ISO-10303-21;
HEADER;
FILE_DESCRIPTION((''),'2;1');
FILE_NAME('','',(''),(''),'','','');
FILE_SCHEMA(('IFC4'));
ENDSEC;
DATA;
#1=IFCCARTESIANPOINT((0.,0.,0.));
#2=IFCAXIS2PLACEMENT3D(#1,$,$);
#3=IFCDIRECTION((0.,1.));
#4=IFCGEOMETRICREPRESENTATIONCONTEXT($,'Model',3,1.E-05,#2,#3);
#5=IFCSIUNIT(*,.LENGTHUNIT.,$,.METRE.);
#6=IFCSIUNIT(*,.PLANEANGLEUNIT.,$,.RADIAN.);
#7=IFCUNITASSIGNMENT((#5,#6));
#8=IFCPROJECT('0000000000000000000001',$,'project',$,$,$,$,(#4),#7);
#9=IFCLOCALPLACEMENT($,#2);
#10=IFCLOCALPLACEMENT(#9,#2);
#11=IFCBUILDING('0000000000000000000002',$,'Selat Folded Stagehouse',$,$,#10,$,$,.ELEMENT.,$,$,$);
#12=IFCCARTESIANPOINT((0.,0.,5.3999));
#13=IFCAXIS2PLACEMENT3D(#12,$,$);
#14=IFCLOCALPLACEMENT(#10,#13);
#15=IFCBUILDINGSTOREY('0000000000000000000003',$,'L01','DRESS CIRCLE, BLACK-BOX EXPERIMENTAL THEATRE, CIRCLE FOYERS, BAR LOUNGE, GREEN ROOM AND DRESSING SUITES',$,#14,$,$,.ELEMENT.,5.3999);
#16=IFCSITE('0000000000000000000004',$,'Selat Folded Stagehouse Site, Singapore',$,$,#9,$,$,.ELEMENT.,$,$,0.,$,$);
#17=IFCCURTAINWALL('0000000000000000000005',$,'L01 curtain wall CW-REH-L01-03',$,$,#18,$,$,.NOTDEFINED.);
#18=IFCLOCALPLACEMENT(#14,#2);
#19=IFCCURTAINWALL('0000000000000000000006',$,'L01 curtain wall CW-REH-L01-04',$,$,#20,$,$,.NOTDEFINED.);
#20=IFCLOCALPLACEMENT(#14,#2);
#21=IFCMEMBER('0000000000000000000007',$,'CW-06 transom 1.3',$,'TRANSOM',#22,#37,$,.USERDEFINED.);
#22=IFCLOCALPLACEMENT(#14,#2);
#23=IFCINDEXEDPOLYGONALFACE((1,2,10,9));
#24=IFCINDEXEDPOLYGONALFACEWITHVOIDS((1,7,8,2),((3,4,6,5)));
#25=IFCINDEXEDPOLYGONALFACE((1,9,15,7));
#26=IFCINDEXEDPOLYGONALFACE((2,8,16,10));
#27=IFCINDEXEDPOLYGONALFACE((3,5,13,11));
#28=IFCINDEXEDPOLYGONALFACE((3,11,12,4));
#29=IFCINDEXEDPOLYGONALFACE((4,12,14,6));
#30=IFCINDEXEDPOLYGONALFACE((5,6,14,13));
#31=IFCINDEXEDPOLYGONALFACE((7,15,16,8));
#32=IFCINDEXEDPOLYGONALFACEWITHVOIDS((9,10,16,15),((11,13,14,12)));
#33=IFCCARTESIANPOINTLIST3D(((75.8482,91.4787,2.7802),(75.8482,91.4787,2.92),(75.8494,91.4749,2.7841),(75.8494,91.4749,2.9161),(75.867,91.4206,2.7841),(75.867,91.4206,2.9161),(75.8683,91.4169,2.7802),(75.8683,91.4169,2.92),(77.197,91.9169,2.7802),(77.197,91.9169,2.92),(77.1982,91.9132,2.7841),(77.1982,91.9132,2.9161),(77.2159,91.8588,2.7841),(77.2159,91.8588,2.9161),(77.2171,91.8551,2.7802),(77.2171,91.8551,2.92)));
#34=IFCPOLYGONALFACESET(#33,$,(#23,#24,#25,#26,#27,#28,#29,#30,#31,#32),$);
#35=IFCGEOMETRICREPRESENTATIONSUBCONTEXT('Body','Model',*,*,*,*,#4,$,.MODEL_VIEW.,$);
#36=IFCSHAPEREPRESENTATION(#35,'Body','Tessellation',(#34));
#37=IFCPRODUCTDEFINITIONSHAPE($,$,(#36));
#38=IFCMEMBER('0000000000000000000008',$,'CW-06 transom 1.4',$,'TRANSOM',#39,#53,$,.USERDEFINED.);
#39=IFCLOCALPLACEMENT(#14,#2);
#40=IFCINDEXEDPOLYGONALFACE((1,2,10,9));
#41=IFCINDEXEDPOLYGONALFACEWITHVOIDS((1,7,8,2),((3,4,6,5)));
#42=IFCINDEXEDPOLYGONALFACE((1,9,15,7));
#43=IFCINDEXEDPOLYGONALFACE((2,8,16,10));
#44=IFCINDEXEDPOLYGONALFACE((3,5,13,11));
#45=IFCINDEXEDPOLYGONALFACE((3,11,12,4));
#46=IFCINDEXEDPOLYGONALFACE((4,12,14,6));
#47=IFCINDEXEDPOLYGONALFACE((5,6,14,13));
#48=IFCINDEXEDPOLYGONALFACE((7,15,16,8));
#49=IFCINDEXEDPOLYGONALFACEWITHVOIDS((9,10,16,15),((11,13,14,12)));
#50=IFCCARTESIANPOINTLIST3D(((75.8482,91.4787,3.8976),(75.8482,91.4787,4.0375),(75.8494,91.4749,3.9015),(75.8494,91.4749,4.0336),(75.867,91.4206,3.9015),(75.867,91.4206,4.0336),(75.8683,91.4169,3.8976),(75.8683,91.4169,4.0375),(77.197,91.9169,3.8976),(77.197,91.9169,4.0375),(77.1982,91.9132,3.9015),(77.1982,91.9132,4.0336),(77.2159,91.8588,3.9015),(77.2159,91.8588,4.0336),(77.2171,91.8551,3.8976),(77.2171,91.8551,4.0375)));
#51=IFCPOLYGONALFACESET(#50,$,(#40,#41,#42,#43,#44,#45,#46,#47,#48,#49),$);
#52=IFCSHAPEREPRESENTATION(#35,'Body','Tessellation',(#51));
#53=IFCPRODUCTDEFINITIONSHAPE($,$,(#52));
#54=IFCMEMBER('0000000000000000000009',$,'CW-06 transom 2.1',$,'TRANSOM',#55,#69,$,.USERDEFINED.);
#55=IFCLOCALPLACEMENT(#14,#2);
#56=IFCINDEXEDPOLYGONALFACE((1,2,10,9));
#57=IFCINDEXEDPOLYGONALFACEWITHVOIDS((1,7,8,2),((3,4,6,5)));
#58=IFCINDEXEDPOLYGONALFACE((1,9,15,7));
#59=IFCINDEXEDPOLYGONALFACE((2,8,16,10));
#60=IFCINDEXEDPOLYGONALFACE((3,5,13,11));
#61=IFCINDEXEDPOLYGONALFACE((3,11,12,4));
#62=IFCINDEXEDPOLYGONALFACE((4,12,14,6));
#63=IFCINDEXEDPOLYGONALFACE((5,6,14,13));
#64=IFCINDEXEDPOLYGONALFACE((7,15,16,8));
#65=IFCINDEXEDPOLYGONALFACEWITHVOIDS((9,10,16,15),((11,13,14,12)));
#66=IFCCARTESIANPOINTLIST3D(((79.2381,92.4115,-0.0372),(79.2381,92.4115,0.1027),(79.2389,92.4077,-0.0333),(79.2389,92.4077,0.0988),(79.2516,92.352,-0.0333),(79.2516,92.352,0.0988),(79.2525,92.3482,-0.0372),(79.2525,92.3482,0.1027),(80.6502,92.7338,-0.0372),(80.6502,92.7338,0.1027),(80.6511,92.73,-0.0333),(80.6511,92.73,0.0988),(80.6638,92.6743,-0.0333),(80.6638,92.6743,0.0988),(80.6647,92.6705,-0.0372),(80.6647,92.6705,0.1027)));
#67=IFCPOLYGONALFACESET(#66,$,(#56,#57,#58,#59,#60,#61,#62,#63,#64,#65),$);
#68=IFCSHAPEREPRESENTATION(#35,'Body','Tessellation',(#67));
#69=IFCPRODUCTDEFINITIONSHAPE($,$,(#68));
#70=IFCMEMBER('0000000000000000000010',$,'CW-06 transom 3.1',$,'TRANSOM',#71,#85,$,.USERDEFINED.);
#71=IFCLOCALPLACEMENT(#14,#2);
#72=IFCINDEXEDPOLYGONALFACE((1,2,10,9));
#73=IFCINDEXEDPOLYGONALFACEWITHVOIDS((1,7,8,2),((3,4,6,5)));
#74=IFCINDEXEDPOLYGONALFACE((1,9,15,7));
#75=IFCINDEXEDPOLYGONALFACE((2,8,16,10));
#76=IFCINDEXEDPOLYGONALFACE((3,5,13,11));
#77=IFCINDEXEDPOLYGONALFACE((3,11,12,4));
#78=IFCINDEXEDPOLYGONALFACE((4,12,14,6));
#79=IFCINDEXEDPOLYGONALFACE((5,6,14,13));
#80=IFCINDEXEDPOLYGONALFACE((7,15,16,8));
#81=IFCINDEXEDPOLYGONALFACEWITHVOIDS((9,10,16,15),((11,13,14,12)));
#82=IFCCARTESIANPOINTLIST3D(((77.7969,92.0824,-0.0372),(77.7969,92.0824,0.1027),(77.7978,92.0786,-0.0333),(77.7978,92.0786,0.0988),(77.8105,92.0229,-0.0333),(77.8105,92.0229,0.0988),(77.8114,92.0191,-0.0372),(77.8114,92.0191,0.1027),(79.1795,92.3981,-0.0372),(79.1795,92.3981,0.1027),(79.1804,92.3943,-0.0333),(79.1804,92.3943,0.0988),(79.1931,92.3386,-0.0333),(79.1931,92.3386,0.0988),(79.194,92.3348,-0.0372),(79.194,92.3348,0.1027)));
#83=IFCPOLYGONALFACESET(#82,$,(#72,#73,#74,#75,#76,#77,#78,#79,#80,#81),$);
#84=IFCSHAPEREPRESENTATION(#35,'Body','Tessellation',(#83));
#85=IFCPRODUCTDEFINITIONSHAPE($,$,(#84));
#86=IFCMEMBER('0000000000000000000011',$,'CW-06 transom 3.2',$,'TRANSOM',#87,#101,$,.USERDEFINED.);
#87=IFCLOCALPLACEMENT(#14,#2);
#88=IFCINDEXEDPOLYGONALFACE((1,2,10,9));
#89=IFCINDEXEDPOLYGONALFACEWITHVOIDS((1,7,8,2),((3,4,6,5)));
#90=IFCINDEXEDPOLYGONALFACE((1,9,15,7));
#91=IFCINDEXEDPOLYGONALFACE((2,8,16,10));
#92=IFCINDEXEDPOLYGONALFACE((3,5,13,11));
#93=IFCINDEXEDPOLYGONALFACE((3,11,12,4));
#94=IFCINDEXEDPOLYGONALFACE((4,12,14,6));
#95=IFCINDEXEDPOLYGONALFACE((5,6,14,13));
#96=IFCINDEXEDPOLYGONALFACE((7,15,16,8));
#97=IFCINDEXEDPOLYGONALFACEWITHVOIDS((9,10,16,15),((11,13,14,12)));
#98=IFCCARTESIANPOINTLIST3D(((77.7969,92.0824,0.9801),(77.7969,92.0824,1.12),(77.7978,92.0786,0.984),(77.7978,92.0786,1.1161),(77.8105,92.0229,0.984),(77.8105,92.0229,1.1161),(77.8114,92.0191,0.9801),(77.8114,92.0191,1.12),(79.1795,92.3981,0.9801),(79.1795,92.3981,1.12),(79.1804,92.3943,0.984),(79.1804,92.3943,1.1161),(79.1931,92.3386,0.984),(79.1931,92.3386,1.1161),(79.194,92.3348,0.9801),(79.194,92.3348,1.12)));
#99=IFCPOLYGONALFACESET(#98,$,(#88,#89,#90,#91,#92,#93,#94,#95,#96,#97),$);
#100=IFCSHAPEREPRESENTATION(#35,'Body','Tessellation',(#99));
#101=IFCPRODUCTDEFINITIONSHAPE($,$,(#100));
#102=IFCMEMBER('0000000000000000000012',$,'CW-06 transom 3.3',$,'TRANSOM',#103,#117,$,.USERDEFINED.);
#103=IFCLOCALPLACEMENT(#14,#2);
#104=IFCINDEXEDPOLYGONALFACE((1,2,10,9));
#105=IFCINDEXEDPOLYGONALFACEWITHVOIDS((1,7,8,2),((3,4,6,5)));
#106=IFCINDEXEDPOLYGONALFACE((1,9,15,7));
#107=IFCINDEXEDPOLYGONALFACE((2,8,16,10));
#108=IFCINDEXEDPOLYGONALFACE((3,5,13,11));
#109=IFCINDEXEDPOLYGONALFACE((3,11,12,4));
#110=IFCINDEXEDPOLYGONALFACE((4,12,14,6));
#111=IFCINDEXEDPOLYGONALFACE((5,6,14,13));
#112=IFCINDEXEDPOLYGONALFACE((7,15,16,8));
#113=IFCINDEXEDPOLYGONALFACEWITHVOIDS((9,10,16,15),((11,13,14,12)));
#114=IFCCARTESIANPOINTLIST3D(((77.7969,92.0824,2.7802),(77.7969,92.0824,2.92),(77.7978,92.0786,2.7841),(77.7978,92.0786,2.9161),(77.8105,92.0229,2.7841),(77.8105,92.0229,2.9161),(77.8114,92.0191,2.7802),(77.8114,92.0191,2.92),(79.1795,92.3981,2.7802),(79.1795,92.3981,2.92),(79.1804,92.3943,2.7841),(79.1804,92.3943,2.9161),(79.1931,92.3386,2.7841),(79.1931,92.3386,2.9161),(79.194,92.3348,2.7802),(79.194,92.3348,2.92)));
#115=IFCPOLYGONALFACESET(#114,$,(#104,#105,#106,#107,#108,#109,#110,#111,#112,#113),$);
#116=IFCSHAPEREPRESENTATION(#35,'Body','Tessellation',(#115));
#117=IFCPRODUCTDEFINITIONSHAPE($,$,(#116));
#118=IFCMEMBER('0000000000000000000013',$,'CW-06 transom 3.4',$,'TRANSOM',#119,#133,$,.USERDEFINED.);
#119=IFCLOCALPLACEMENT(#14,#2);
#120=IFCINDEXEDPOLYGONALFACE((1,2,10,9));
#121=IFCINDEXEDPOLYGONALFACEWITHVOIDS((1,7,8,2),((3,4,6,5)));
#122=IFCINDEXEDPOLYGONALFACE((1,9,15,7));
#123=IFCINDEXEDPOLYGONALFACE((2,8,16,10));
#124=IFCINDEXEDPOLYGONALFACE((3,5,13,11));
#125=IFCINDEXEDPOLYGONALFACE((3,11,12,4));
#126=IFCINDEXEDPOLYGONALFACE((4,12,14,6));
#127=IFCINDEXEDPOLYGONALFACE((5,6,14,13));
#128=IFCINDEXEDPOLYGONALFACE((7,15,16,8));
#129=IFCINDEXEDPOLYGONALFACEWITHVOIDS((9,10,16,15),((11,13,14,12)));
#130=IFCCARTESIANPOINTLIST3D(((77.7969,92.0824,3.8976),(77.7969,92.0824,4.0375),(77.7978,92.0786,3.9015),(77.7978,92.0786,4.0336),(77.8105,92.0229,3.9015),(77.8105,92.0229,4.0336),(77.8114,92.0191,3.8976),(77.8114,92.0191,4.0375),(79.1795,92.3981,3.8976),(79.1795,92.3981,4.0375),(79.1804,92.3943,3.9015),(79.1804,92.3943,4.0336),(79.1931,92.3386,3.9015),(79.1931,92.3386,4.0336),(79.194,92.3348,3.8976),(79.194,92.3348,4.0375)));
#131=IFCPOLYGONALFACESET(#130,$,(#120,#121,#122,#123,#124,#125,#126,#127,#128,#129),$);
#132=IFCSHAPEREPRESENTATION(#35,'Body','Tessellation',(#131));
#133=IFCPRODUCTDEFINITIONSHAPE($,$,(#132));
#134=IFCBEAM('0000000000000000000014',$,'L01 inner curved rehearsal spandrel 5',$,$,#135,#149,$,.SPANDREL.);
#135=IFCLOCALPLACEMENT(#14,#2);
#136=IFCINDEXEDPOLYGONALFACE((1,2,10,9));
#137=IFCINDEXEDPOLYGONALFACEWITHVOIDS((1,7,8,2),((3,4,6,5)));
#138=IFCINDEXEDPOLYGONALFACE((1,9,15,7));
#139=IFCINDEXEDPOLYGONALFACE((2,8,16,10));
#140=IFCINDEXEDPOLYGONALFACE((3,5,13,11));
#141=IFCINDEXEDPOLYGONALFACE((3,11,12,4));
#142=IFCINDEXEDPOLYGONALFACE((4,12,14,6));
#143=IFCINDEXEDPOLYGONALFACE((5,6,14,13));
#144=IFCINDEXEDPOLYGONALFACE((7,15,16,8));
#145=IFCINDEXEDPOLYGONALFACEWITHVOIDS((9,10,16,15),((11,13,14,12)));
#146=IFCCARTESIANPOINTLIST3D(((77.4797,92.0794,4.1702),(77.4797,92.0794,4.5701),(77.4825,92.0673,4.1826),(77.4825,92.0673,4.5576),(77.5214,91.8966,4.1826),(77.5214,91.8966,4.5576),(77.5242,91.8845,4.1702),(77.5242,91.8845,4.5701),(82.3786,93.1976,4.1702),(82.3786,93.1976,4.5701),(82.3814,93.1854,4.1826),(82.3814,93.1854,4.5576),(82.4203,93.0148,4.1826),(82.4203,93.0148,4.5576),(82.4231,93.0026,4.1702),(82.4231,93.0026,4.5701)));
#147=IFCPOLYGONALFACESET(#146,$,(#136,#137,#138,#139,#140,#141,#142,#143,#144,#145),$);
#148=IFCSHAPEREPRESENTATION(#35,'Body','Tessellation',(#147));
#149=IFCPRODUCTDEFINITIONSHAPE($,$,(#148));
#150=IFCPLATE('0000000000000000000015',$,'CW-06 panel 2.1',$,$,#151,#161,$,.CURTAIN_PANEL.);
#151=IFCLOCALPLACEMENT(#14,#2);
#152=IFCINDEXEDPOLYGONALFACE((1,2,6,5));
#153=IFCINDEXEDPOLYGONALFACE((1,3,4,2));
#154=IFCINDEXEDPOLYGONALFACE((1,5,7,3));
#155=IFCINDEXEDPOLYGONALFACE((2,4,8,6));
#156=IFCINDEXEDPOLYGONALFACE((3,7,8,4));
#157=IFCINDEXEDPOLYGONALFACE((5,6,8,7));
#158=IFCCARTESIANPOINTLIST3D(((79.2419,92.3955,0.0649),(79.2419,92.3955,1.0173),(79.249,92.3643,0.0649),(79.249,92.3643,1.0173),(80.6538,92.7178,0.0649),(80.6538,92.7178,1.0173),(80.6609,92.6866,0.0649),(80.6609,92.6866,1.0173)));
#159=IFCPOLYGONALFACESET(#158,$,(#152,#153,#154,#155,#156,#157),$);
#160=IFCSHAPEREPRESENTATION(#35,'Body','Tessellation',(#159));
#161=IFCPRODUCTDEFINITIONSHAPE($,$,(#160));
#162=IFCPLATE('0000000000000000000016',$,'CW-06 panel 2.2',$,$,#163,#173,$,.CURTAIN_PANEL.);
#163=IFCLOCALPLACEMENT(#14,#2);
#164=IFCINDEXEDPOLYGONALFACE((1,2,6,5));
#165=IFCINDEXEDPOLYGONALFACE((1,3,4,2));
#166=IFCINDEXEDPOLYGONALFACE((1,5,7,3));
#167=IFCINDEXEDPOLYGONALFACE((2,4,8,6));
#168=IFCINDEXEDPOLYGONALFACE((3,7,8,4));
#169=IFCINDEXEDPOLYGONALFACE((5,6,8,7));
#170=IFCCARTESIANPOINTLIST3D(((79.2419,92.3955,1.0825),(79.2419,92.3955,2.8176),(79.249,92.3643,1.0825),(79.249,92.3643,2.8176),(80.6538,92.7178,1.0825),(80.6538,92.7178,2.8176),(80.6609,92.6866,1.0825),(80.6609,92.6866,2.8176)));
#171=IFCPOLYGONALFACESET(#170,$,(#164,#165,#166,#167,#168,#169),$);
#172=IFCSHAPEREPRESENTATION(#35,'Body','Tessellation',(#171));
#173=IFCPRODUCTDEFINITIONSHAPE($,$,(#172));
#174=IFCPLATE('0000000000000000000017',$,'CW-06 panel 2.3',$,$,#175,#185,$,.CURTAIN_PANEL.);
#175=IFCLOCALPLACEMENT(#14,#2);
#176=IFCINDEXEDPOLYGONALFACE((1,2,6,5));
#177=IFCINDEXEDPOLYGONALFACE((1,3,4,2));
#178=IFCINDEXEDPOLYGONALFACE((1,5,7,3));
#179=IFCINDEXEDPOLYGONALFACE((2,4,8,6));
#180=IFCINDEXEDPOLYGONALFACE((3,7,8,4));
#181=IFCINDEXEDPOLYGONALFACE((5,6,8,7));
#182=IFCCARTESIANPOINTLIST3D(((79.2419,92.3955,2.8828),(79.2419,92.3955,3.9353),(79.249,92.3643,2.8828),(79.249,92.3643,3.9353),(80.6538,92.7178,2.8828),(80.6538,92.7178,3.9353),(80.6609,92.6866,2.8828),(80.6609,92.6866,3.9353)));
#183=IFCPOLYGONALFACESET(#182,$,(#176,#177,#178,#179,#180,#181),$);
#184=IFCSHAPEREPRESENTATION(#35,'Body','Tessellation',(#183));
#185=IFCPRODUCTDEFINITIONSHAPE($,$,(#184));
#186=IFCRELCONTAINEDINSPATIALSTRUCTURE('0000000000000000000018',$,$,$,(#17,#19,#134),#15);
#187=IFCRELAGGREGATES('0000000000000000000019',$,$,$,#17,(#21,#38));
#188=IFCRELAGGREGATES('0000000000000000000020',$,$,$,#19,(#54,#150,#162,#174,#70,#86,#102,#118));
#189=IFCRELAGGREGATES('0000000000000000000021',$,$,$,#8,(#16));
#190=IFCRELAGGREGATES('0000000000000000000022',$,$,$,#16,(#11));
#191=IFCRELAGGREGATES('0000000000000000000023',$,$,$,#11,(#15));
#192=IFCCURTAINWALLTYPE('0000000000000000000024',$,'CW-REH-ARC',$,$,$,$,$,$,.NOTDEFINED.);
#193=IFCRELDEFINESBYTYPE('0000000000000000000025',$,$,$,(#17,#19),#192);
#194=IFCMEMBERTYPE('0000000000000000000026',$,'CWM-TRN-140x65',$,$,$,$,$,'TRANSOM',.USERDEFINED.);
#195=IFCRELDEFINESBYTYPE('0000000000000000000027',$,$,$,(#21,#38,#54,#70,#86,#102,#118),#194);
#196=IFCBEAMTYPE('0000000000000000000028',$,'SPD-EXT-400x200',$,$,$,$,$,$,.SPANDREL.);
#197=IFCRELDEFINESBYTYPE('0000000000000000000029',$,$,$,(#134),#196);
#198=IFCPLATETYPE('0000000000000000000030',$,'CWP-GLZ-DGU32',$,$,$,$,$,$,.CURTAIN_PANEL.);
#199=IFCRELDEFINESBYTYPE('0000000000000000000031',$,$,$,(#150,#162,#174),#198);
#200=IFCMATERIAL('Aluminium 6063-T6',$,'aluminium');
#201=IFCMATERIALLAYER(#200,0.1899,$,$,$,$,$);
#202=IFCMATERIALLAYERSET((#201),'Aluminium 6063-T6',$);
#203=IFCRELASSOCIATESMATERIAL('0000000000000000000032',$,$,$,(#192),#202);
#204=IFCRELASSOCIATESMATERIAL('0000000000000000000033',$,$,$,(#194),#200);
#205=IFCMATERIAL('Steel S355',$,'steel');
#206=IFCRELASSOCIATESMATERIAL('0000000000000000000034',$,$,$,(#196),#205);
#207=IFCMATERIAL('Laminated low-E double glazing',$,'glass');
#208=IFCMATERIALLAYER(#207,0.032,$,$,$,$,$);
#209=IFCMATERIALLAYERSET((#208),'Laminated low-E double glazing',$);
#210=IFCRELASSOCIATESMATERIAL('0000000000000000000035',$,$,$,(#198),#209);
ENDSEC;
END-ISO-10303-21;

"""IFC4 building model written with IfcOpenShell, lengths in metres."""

from ifc_helpers import new_model, si_unit, direction, frame, origin, origin_2d, place, context, subcontext, project, spatial, rectangle, hollow_rectangle, extrude, material, layer, layer_set, material_profile, profile_set, type_object, element, aggregate, save


model = new_model("IFC4")

# Units and contexts
model_context = context("Model", 3, precision=1e-05, world=origin(), true_north=direction((0.0, 1.0)))
body_context = subcontext(model_context, "Body", "Model", "MODEL_VIEW")
ifc_project = project(units=[si_unit("LENGTHUNIT", "METRE"), si_unit("PLANEANGLEUNIT", "RADIAN")], contexts=[model_context])

# Site, building, storey
site_placement = place(None, origin())
site = spatial("IfcSite", under=ifc_project, at=site_placement, Name="Selat Folded Stagehouse Site, Singapore", CompositionType="ELEMENT", RefElevation=0.0)
building_placement = place(site_placement, origin())
building = spatial("IfcBuilding", under=site, at=building_placement, Name="Selat Folded Stagehouse", CompositionType="ELEMENT")
storey_placement = place(building_placement, frame((0.0, 0.0, 5.3999)))
storey = spatial("IfcBuildingStorey", under=building, at=storey_placement, Name="L01", Description="DRESS CIRCLE, BLACK-BOX EXPERIMENTAL THEATRE, CIRCLE FOYERS, BAR LOUNGE, GREEN ROOM AND DRESSING SUITES", CompositionType="ELEMENT", Elevation=5.3999)

# Shared definitions
ifc_material_1 = material(Name="Steel S355", Category="steel")

# Curtain wall
ifc_material_2 = material(Name="Aluminium 6063-T6", Category="aluminium")
ifc_layer_1 = layer(ifc_material_2, 0.1899)
ifc_layer_set_1 = layer_set([ifc_layer_1], Name="Aluminium 6063-T6")
curtain_wall_type = type_object("IfcCurtainWallType", Name="CW-REH-ARC", PredefinedType="NOTDEFINED", material=ifc_layer_set_1)
curtain_wall_1_placement = place(storey_placement, origin())
curtain_wall_1 = element("IfcCurtainWall", 1, at=curtain_wall_1_placement, inside=storey, type_object=curtain_wall_type, Name="L01 curtain wall CW-REH-L01-03", PredefinedType="NOTDEFINED")

# Curtain wall
curtain_wall_2_placement = place(storey_placement, origin())
curtain_wall_2 = element("IfcCurtainWall", 2, at=curtain_wall_2_placement, inside=storey, type_object=curtain_wall_type, Name="L01 curtain wall CW-REH-L01-04", PredefinedType="NOTDEFINED")

# Members
ifc_material_profile_1 = material_profile(ifc_material_2, hollow_rectangle(XDim=0.0649, YDim=0.1399, WallThickness=0.0039, at=origin_2d()), Name="ALU 140x65x4.0")
ifc_profile_set_1 = profile_set([ifc_material_profile_1], Name="Aluminium 6063-T6")
member_type_1 = type_object("IfcMemberType", Name="CWM-TRN-140x65", ElementType="TRANSOM", PredefinedType="USERDEFINED", material=ifc_profile_set_1)
member_1_placement = place(storey_placement, frame((77.207, 91.886, 2.8501), z_axis=(-0.951066, -0.308989, 0.0), x_axis=(0.308989, -0.951066, 0.0)))
member_1 = element("IfcMember", 3, at=member_1_placement, type_object=member_type_1, Name="CW-06 transom 1.3", ObjectType="TRANSOM", PredefinedType="USERDEFINED", context=body_context, shape_type="SweptSolid", body=[
    extrude(hollow_rectangle(XDim=0.0649, YDim=0.1399, WallThickness=0.0039, at=origin_2d()), origin(), (0.0, 0.0, 1.0), 1.4182),
])
member_2_placement = place(storey_placement, frame((77.207, 91.886, 3.9675), z_axis=(-0.951066, -0.308989, 0.0), x_axis=(0.308989, -0.951066, 0.0)))
member_2 = element("IfcMember", 4, at=member_2_placement, type_object=member_type_1, Name="CW-06 transom 1.4", ObjectType="TRANSOM", PredefinedType="USERDEFINED", context=body_context, shape_type="SweptSolid", body=[
    extrude(hollow_rectangle(XDim=0.0649, YDim=0.1399, WallThickness=0.0039, at=origin_2d()), origin(), (0.0, 0.0, 1.0), 1.4182),
])
aggregate(curtain_wall_1, [member_1, member_2])
member_3_placement = place(storey_placement, frame((80.6575, 92.7021, 0.0327), z_axis=(-0.974934, -0.222495, 0.0), x_axis=(0.222495, -0.974934, 0.0)))
member_3 = element("IfcMember", 5, at=member_3_placement, type_object=member_type_1, Name="CW-06 transom 2.1", ObjectType="TRANSOM", PredefinedType="USERDEFINED", context=body_context, shape_type="SweptSolid", body=[
    extrude(hollow_rectangle(XDim=0.0649, YDim=0.1399, WallThickness=0.0039, at=origin_2d()), origin(), (0.0, 0.0, 1.0), 1.4485),
])
member_4_placement = place(storey_placement, frame((79.1868, 92.3665, 0.0327), z_axis=(-0.974911, -0.222596, 0.0), x_axis=(0.222596, -0.974911, 0.0)))
member_4 = element("IfcMember", 6, at=member_4_placement, type_object=member_type_1, Name="CW-06 transom 3.1", ObjectType="TRANSOM", PredefinedType="USERDEFINED", context=body_context, shape_type="SweptSolid", body=[
    extrude(hollow_rectangle(XDim=0.0649, YDim=0.1399, WallThickness=0.0039, at=origin_2d()), origin(), (0.0, 0.0, 1.0), 1.4182),
])
member_5_placement = place(storey_placement, frame((79.1868, 92.3665, 1.05), z_axis=(-0.974911, -0.222596, 0.0), x_axis=(0.222596, -0.974911, 0.0)))
member_5 = element("IfcMember", 7, at=member_5_placement, type_object=member_type_1, Name="CW-06 transom 3.2", ObjectType="TRANSOM", PredefinedType="USERDEFINED", context=body_context, shape_type="SweptSolid", body=[
    extrude(hollow_rectangle(XDim=0.0649, YDim=0.1399, WallThickness=0.0039, at=origin_2d()), origin(), (0.0, 0.0, 1.0), 1.4182),
])
member_6_placement = place(storey_placement, frame((79.1868, 92.3665, 2.8501), z_axis=(-0.974911, -0.222596, 0.0), x_axis=(0.222596, -0.974911, 0.0)))
member_6 = element("IfcMember", 8, at=member_6_placement, type_object=member_type_1, Name="CW-06 transom 3.3", ObjectType="TRANSOM", PredefinedType="USERDEFINED", context=body_context, shape_type="SweptSolid", body=[
    extrude(hollow_rectangle(XDim=0.0649, YDim=0.1399, WallThickness=0.0039, at=origin_2d()), origin(), (0.0, 0.0, 1.0), 1.4182),
])
member_7_placement = place(storey_placement, frame((79.1868, 92.3665, 3.9675), z_axis=(-0.974911, -0.222596, 0.0), x_axis=(0.222596, -0.974911, 0.0)))
member_7 = element("IfcMember", 9, at=member_7_placement, type_object=member_type_1, Name="CW-06 transom 3.4", ObjectType="TRANSOM", PredefinedType="USERDEFINED", context=body_context, shape_type="SweptSolid", body=[
    extrude(hollow_rectangle(XDim=0.0649, YDim=0.1399, WallThickness=0.0039, at=origin_2d()), origin(), (0.0, 0.0, 1.0), 1.4182),
])

# Beam
ifc_material_profile_2 = material_profile(ifc_material_1, hollow_rectangle(XDim=0.2, YDim=0.3999, WallThickness=0.0125, at=origin_2d()), Name="RHS 400x200x12.5")
ifc_profile_set_2 = profile_set([ifc_material_profile_2], Name="Steel S355")
beam_type_1 = type_object("IfcBeamType", Name="SPD-EXT-400x200", PredefinedType="SPANDREL", material=ifc_profile_set_2)
beam_1_placement = place(storey_placement, frame((77.502, 91.9819, 4.3701), z_axis=(0.974927, 0.222524, 0.0), x_axis=(-0.222524, 0.974927, 0.0)))
element("IfcBeam", 10, at=beam_1_placement, inside=storey, type_object=beam_type_1, Name="L01 inner curved rehearsal spandrel 5", PredefinedType="SPANDREL", context=body_context, shape_type="SweptSolid", body=[
    extrude(hollow_rectangle(XDim=0.2, YDim=0.3999, WallThickness=0.0125, at=origin_2d()), origin(), (0.0, 0.0, 1.0), 5.0249),
])

# Plates
ifc_material_3 = material(Name="Laminated low-E double glazing", Category="glass")
ifc_layer_2 = layer(ifc_material_3, 0.032)
ifc_layer_set_2 = layer_set([ifc_layer_2], Name="Laminated low-E double glazing")
plate_type = type_object("IfcPlateType", Name="CWP-GLZ-DGU32", PredefinedType="CURTAIN_PANEL", material=ifc_layer_set_2)
plate_1_placement = place(storey_placement, frame((79.9514, 92.541, 0.0649), z_axis=(0.0, 0.0, 1.0), x_axis=(-0.974923, -0.222543, 0.0)))
plate_1 = element("IfcPlate", 11, at=plate_1_placement, type_object=plate_type, Name="CW-06 panel 2.1", PredefinedType="CURTAIN_PANEL", context=body_context, shape_type="SweptSolid", body=[
    extrude(rectangle(XDim=1.4482, YDim=0.032, at=origin_2d()), origin(), (0.0, 0.0, 1.0), 0.9524),
])
plate_2_placement = place(storey_placement, frame((79.9514, 92.541, 1.0825), z_axis=(0.0, 0.0, 1.0), x_axis=(-0.974923, -0.222543, 0.0)))
plate_2 = element("IfcPlate", 12, at=plate_2_placement, type_object=plate_type, Name="CW-06 panel 2.2", PredefinedType="CURTAIN_PANEL", context=body_context, shape_type="SweptSolid", body=[
    extrude(rectangle(XDim=1.4482, YDim=0.032, at=origin_2d()), origin(), (0.0, 0.0, 1.0), 1.7351),
])
plate_3_placement = place(storey_placement, frame((79.9514, 92.541, 2.8828), z_axis=(0.0, 0.0, 1.0), x_axis=(-0.974923, -0.222543, 0.0)))
plate_3 = element("IfcPlate", 13, at=plate_3_placement, type_object=plate_type, Name="CW-06 panel 2.3", PredefinedType="CURTAIN_PANEL", context=body_context, shape_type="SweptSolid", body=[
    extrude(rectangle(XDim=1.4482, YDim=0.032, at=origin_2d()), origin(), (0.0, 0.0, 1.0), 1.0525),
])
aggregate(curtain_wall_2, [member_3, plate_1, plate_2, plate_3, member_4, member_5, member_6, member_7])

save(model, "model.ifc")
